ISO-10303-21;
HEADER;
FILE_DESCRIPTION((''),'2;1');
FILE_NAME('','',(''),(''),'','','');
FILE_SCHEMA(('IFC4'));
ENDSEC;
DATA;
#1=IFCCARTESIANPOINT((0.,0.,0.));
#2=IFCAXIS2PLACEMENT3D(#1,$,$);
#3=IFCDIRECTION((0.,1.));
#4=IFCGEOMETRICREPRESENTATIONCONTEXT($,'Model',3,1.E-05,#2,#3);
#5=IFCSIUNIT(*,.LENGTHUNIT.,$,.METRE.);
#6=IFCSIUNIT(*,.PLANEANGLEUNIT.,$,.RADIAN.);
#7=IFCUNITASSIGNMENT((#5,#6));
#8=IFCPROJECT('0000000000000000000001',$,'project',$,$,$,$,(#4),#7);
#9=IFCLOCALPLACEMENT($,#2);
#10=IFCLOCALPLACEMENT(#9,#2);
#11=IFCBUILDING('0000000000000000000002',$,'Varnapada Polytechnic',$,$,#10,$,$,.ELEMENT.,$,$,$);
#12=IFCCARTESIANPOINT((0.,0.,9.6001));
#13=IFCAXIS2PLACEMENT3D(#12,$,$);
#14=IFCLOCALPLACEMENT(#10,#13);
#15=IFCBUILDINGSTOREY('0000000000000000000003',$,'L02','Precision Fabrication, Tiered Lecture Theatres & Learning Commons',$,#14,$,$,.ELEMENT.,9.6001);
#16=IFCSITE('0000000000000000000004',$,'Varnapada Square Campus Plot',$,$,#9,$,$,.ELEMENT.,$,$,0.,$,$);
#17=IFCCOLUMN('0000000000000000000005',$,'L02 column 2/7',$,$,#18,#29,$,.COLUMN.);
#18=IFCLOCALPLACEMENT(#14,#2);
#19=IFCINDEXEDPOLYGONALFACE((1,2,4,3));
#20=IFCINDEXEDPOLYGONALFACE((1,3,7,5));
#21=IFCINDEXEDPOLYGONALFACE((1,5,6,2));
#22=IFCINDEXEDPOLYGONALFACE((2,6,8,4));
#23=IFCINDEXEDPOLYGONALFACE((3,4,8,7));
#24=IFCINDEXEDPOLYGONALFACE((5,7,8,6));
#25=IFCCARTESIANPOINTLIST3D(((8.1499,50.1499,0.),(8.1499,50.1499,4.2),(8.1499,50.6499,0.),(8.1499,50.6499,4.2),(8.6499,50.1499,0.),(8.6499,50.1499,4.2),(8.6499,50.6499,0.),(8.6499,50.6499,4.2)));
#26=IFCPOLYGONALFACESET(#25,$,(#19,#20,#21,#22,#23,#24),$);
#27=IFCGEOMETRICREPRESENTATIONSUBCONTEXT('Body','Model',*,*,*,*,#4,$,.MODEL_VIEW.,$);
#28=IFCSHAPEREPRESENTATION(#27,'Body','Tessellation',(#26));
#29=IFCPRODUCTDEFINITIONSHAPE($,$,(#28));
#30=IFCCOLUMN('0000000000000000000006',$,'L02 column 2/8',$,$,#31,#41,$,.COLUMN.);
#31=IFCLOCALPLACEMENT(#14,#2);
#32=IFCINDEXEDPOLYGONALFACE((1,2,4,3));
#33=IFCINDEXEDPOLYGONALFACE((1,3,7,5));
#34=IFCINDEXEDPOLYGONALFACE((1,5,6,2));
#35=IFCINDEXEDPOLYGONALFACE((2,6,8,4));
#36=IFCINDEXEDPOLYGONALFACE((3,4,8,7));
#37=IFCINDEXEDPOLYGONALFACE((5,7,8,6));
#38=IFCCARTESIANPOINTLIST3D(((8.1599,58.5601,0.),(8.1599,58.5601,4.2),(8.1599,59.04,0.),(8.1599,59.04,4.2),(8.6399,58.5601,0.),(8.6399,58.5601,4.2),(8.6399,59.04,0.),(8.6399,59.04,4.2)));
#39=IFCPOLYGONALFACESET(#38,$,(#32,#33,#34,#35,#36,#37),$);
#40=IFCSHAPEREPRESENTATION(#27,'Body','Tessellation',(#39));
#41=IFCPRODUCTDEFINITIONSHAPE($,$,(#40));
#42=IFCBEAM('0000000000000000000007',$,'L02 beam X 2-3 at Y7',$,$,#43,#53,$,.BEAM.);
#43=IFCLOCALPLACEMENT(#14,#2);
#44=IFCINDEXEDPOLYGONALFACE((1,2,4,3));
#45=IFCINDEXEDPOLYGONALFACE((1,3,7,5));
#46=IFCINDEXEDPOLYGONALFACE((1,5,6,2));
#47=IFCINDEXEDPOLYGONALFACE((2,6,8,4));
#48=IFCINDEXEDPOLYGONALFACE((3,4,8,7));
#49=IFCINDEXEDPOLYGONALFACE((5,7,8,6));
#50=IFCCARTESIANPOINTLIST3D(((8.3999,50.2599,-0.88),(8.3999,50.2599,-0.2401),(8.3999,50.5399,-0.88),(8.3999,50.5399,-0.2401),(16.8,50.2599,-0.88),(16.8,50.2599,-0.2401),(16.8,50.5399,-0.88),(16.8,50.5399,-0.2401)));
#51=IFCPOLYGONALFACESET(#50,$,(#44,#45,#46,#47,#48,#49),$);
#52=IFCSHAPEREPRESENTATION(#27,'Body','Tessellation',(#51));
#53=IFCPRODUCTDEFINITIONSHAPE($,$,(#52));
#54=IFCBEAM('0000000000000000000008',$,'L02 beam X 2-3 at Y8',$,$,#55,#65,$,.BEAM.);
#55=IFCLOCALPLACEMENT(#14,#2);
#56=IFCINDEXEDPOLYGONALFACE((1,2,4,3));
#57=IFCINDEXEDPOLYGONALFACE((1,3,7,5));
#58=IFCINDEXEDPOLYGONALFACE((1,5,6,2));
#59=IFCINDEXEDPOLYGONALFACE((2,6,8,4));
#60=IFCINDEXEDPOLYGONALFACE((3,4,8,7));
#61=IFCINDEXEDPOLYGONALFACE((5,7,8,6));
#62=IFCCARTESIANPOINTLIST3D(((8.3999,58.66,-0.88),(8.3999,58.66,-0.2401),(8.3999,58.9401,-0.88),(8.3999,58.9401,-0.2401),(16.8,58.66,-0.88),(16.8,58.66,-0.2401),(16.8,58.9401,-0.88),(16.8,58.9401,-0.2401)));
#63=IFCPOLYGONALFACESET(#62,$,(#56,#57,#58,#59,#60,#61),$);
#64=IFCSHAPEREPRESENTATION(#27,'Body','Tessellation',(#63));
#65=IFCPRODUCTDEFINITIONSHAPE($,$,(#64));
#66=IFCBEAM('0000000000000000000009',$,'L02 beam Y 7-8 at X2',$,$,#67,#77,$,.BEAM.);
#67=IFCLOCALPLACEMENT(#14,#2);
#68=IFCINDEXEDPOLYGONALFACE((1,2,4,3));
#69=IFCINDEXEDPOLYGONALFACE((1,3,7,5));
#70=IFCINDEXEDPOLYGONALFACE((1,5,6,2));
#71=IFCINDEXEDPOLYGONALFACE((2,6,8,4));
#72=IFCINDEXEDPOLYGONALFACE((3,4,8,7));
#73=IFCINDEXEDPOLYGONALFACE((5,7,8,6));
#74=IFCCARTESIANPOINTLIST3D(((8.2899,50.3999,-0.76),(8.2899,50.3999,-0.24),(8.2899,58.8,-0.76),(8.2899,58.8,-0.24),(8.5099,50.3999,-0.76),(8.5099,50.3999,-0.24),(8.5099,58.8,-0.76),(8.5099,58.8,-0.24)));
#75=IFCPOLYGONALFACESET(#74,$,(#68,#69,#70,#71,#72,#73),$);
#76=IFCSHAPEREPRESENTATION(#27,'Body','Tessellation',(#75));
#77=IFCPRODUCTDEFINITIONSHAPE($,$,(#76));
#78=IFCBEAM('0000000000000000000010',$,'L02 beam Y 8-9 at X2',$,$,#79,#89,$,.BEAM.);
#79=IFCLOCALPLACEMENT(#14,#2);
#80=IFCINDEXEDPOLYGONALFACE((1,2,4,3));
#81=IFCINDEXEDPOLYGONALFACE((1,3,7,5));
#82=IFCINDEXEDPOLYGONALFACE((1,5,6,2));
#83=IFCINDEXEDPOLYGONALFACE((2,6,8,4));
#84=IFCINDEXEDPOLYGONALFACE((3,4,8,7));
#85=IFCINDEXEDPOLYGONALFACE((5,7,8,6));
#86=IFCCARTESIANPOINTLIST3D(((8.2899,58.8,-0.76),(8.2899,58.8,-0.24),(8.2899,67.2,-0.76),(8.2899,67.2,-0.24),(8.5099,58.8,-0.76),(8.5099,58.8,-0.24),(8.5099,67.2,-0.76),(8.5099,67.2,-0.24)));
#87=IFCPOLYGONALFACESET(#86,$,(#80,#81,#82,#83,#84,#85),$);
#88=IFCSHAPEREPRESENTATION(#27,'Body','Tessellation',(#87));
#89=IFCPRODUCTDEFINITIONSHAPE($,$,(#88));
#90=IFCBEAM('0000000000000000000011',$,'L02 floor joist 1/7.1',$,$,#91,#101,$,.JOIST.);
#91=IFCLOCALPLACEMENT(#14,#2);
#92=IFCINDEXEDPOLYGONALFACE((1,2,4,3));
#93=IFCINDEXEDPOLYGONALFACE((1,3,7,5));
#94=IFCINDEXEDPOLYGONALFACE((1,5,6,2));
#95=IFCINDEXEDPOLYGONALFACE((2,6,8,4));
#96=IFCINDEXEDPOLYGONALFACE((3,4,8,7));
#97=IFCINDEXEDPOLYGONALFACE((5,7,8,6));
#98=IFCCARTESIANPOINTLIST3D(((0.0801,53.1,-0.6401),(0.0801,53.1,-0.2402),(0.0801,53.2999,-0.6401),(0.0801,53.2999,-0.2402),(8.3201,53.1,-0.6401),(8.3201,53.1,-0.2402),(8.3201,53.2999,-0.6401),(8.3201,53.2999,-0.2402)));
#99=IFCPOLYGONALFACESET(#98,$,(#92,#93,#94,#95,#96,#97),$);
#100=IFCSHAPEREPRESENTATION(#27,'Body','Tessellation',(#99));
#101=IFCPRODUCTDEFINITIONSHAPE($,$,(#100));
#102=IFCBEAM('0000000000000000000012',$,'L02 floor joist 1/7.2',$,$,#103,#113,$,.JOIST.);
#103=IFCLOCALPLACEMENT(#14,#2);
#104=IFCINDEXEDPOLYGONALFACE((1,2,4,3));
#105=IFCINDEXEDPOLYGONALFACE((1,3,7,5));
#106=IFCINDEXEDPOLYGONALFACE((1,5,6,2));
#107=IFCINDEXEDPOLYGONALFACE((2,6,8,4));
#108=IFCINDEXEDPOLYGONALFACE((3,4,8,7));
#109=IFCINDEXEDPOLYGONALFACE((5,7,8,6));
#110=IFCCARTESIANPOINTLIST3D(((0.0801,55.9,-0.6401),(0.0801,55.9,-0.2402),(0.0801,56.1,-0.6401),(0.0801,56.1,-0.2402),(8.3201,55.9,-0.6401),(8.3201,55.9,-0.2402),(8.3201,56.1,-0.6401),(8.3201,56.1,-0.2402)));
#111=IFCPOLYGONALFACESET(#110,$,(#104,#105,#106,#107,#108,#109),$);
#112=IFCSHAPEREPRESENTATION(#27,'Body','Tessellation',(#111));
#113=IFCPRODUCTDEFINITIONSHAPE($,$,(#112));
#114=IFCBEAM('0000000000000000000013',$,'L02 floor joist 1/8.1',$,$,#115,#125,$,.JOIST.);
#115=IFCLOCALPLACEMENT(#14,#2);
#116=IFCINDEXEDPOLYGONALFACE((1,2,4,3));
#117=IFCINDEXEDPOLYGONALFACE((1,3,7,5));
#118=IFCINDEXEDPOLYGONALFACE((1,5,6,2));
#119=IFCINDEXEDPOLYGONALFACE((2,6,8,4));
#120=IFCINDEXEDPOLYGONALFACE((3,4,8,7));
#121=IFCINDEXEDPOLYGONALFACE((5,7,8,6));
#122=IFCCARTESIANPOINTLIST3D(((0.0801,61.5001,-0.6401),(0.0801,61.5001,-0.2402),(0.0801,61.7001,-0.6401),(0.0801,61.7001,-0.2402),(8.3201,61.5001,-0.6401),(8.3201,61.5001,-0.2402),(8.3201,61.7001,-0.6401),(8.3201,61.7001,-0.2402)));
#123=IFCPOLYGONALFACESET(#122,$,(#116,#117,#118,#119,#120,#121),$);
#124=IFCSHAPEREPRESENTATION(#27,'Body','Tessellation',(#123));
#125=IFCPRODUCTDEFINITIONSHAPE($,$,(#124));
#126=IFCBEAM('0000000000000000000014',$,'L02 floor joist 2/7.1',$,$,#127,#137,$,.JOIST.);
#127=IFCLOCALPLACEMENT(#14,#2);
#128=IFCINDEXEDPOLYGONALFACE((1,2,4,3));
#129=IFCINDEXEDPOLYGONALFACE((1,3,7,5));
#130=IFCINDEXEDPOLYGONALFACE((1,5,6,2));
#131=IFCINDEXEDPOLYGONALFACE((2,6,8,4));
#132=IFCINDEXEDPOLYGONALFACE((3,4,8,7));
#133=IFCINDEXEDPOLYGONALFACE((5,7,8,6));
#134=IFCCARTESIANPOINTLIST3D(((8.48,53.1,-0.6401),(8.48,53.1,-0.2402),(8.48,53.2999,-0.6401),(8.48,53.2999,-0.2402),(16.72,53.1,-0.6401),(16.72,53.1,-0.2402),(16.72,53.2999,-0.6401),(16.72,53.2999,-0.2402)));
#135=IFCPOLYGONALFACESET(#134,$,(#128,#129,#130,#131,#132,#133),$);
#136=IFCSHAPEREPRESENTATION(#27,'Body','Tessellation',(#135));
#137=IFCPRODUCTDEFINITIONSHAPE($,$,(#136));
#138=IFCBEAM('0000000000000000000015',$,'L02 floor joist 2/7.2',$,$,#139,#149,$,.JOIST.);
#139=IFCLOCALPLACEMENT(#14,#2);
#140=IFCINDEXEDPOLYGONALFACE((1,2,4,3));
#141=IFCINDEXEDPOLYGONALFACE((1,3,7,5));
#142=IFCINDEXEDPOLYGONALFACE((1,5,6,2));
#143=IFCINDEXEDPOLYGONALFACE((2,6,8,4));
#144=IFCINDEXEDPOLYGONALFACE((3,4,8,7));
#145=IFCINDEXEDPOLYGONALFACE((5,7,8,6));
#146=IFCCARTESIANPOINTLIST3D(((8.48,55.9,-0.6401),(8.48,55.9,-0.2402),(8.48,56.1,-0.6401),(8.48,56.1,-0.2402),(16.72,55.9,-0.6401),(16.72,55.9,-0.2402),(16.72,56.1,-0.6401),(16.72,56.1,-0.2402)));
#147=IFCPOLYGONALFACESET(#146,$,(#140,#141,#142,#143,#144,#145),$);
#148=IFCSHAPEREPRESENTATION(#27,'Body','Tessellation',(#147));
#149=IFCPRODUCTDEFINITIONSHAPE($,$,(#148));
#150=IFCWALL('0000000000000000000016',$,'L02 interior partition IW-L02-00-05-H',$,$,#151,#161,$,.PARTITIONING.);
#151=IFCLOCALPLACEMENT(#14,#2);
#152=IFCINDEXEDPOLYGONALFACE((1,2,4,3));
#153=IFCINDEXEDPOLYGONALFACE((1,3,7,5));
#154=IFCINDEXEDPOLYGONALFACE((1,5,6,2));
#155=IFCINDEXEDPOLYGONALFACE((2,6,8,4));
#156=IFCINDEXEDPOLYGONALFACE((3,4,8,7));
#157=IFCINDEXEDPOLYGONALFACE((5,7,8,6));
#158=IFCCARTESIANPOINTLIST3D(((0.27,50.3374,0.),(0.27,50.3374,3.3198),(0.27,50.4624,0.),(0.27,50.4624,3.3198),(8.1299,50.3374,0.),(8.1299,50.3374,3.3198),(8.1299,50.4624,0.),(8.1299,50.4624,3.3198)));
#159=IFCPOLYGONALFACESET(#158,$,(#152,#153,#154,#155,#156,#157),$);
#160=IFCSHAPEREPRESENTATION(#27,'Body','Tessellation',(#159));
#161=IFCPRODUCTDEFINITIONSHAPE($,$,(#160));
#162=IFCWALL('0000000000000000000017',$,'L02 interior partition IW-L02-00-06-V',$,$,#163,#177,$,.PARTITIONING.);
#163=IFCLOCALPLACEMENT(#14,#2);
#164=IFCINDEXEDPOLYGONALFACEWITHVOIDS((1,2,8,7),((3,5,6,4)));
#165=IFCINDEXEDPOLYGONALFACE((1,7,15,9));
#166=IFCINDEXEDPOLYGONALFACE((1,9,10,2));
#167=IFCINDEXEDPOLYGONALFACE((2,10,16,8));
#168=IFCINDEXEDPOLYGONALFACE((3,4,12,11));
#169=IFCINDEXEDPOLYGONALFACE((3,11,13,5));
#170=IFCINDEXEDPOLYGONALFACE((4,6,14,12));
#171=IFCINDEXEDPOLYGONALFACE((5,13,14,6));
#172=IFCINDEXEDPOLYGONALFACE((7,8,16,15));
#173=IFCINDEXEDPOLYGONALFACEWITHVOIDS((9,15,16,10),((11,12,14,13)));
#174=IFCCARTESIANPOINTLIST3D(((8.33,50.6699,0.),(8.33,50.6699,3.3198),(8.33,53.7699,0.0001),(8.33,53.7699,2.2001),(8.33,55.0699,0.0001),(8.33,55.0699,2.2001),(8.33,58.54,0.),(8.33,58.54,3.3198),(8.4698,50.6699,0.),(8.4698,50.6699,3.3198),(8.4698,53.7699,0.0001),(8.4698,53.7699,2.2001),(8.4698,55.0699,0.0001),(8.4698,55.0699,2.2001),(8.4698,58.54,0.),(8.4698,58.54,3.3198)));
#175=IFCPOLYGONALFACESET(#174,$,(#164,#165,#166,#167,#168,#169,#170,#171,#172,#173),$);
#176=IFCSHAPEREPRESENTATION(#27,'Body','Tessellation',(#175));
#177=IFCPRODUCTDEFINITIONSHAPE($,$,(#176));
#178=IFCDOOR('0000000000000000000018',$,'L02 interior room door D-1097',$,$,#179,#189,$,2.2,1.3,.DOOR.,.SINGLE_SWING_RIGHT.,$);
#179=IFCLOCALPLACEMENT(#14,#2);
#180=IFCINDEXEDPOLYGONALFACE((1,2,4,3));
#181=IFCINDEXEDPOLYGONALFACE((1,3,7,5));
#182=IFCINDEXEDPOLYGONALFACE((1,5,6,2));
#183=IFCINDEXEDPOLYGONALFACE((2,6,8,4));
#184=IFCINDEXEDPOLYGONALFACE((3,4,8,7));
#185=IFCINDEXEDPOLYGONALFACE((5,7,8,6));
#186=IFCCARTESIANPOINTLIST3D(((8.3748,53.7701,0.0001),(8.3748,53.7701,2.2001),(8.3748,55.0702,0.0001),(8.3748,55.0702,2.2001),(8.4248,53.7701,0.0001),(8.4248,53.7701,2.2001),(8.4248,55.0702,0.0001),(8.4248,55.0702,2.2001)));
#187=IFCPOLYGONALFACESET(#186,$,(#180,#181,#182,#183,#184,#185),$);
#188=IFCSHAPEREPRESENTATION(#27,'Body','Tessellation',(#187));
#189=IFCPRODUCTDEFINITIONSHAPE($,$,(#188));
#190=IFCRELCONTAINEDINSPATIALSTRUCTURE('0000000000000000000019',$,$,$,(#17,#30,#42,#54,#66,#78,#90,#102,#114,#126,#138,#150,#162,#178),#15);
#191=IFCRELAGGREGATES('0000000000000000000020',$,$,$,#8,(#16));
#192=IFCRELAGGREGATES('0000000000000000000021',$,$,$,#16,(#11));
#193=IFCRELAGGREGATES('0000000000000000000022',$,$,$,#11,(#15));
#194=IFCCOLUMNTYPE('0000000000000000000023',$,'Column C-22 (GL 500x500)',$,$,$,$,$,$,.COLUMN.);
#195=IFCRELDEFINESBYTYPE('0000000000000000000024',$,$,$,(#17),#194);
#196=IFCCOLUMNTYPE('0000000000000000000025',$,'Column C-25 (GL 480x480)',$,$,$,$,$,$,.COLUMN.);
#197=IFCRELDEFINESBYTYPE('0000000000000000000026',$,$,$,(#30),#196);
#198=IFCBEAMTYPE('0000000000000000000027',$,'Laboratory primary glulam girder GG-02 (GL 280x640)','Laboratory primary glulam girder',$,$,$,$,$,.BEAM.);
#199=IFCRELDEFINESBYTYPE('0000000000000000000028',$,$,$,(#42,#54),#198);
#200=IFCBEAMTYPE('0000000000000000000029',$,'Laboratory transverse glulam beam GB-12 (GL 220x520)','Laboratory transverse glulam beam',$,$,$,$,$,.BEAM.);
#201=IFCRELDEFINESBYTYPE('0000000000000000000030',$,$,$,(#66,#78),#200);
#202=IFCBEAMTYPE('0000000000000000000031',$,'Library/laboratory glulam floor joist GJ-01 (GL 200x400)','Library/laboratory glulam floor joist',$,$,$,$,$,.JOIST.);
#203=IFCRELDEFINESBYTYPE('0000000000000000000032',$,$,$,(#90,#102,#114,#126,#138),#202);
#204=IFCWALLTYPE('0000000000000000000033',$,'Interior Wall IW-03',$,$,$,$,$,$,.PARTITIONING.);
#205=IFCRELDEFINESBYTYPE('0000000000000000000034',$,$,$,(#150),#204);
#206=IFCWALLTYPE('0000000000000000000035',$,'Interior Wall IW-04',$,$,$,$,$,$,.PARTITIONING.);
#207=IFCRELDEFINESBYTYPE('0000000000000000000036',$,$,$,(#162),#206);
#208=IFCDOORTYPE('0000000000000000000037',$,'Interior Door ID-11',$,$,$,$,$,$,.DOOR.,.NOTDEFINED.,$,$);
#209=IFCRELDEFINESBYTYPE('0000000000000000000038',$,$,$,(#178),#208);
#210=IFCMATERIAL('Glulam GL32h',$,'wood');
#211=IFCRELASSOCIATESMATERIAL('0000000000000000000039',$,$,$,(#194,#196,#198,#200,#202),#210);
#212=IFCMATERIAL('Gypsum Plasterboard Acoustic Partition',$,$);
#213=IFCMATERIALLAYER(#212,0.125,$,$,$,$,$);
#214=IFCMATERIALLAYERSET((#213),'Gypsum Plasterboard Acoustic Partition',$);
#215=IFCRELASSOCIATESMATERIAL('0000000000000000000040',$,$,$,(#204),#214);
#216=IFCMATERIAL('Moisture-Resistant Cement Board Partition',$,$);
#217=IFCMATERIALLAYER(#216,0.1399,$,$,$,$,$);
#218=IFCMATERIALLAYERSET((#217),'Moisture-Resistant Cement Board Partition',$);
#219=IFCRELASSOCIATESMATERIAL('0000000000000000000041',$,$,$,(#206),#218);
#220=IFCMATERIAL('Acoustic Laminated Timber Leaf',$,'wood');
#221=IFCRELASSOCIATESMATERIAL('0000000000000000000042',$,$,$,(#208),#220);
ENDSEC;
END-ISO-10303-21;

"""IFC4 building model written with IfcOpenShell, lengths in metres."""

from ifc_helpers import new_model, si_unit, direction, frame, frame_2d, origin, origin_2d, place, context, subcontext, project, spatial, rectangle, extrude, material, layer, layer_set, material_profile, profile_set, type_object, element, fill, save


model = new_model("IFC4")

# Units and contexts
model_context = context("Model", 3, precision=1e-05, world=origin(), true_north=direction((0.0, 1.0)))
body_context = subcontext(model_context, "Body", "Model", "MODEL_VIEW")
ifc_project = project(units=[si_unit("LENGTHUNIT", "METRE"), si_unit("PLANEANGLEUNIT", "RADIAN")], contexts=[model_context])

# Site, building, storey
site_placement = place(None, origin())
site = spatial("IfcSite", under=ifc_project, at=site_placement, Name="Varnapada Square Campus Plot", CompositionType="ELEMENT", RefElevation=0.0)
building_placement = place(site_placement, origin())
building = spatial("IfcBuilding", under=site, at=building_placement, Name="Varnapada Polytechnic", CompositionType="ELEMENT")
storey_placement = place(building_placement, frame((0.0, 0.0, 9.6001)))
storey = spatial("IfcBuildingStorey", under=building, at=storey_placement, Name="L02", Description="Precision Fabrication, Tiered Lecture Theatres & Learning Commons", CompositionType="ELEMENT", Elevation=9.6001)

# Columns
ifc_material_1 = material(Name="Glulam GL32h", Category="wood")
ifc_material_profile_1 = material_profile(ifc_material_1, rectangle(XDim=0.5, YDim=0.5, at=origin_2d()), Name="GL 500x500")
ifc_profile_set_1 = profile_set([ifc_material_profile_1], Name="Glulam GL32h")
column_type_1 = type_object("IfcColumnType", Name="Column C-22 (GL 500x500)", PredefinedType="COLUMN", material=ifc_profile_set_1)
column_1_placement = place(storey_placement, frame((8.3999, 50.3999, 0.0), z_axis=(0.0, 0.0, 1.0), x_axis=(1.0, 0.0, 0.0)))
element("IfcColumn", 1, at=column_1_placement, inside=storey, type_object=column_type_1, Name="L02 column 2/7", PredefinedType="COLUMN", context=body_context, shape_type="SweptSolid", body=[
    extrude(rectangle(XDim=0.5, YDim=0.5, at=origin_2d()), origin(), (0.0, 0.0, 1.0), 4.2),
])
ifc_material_profile_2 = material_profile(ifc_material_1, rectangle(XDim=0.48, YDim=0.48, at=origin_2d()), Name="GL 480x480")
ifc_profile_set_2 = profile_set([ifc_material_profile_2], Name="Glulam GL32h")
column_type_2 = type_object("IfcColumnType", Name="Column C-25 (GL 480x480)", PredefinedType="COLUMN", material=ifc_profile_set_2)
column_2_placement = place(storey_placement, frame((8.3999, 58.8, 0.0), z_axis=(0.0, 0.0, 1.0), x_axis=(1.0, 0.0, 0.0)))
element("IfcColumn", 2, at=column_2_placement, inside=storey, type_object=column_type_2, Name="L02 column 2/8", PredefinedType="COLUMN", context=body_context, shape_type="SweptSolid", body=[
    extrude(rectangle(XDim=0.48, YDim=0.48, at=origin_2d()), origin(), (0.0, 0.0, 1.0), 4.2),
])

# Beams
ifc_material_profile_3 = material_profile(ifc_material_1, rectangle(XDim=0.28, YDim=0.6399, at=origin_2d()), Name="GL 280x640")
ifc_profile_set_3 = profile_set([ifc_material_profile_3], Name="Glulam GL32h")
beam_type_1 = type_object("IfcBeamType", Name="Laboratory primary glulam girder GG-02 (GL 280x640)", Description="Laboratory primary glulam girder", PredefinedType="BEAM", material=ifc_profile_set_3)
for number, where, z_axis, x_axis, name in (
    (3, (8.3999, 50.3999, -0.5601), (1.0, 0.0, 0.0), (0.0, 1.0, 0.0), "L02 beam X 2-3 at Y7"),
    (4, (8.3999, 58.8, -0.5601), (1.0, 0.0, 0.0), (0.0, 1.0, 0.0), "L02 beam X 2-3 at Y8"),
):
    element("IfcBeam", number, at=place(storey_placement, frame(where, z_axis=z_axis, x_axis=x_axis)), inside=storey, type_object=beam_type_1, Name=name, PredefinedType="BEAM", context=body_context, shape_type="SweptSolid", body=[
        extrude(rectangle(XDim=0.28, YDim=0.6399, at=origin_2d()), origin(), (0.0, 0.0, 1.0), 8.4001),
    ])
ifc_material_profile_4 = material_profile(ifc_material_1, rectangle(XDim=0.22, YDim=0.52, at=origin_2d()), Name="GL 220x520")
ifc_profile_set_4 = profile_set([ifc_material_profile_4], Name="Glulam GL32h")
beam_type_2 = type_object("IfcBeamType", Name="Laboratory transverse glulam beam GB-12 (GL 220x520)", Description="Laboratory transverse glulam beam", PredefinedType="BEAM", material=ifc_profile_set_4)
beam_1_placement = place(storey_placement, frame((8.3999, 50.3999, -0.5), z_axis=(0.0, 1.0, 0.0), x_axis=(-1.0, 0.0, 0.0)))
element("IfcBeam", 5, at=beam_1_placement, inside=storey, type_object=beam_type_2, Name="L02 beam Y 7-8 at X2", PredefinedType="BEAM", context=body_context, shape_type="SweptSolid", body=[
    extrude(rectangle(XDim=0.22, YDim=0.52, at=origin_2d()), origin(), (0.0, 0.0, 1.0), 8.4001),
])
beam_2_placement = place(storey_placement, frame((8.3999, 58.8, -0.5), z_axis=(0.0, 1.0, 0.0), x_axis=(-1.0, 0.0, 0.0)))
element("IfcBeam", 6, at=beam_2_placement, inside=storey, type_object=beam_type_2, Name="L02 beam Y 8-9 at X2", PredefinedType="BEAM", context=body_context, shape_type="SweptSolid", body=[
    extrude(rectangle(XDim=0.22, YDim=0.52, at=origin_2d()), origin(), (0.0, 0.0, 1.0), 8.3999),
])
ifc_material_profile_5 = material_profile(ifc_material_1, rectangle(XDim=0.2, YDim=0.3999, at=origin_2d()), Name="GL 200x400")
ifc_profile_set_5 = profile_set([ifc_material_profile_5], Name="Glulam GL32h")
beam_type_3 = type_object("IfcBeamType", Name="Library/laboratory glulam floor joist GJ-01 (GL 200x400)", Description="Library/laboratory glulam floor joist", PredefinedType="JOIST", material=ifc_profile_set_5)
for number, where, z_axis, x_axis, name in (
    (7, (0.0801, 53.2, -0.4402), (1.0, 0.0, 0.0), (0.0, 1.0, 0.0), "L02 floor joist 1/7.1"),
    (8, (0.0801, 56.0, -0.4402), (1.0, 0.0, 0.0), (0.0, 1.0, 0.0), "L02 floor joist 1/7.2"),
    (9, (0.0801, 61.6001, -0.4402), (1.0, 0.0, 0.0), (0.0, 1.0, 0.0), "L02 floor joist 1/8.1"),
    (10, (8.48, 53.2, -0.4402), (1.0, 0.0, 0.0), (0.0, 1.0, 0.0), "L02 floor joist 2/7.1"),
    (11, (8.48, 56.0, -0.4402), (1.0, 0.0, 0.0), (0.0, 1.0, 0.0), "L02 floor joist 2/7.2"),
):
    element("IfcBeam", number, at=place(storey_placement, frame(where, z_axis=z_axis, x_axis=x_axis)), inside=storey, type_object=beam_type_3, Name=name, PredefinedType="JOIST", context=body_context, shape_type="SweptSolid", body=[
        extrude(rectangle(XDim=0.2, YDim=0.3999, at=origin_2d()), origin(), (0.0, 0.0, 1.0), 8.24),
    ])

# Wall
ifc_material_2 = material(Name="Gypsum Plasterboard Acoustic Partition")
ifc_layer_1 = layer(ifc_material_2, 0.125)
ifc_layer_set_1 = layer_set([ifc_layer_1], Name="Gypsum Plasterboard Acoustic Partition")
wall_type_1 = type_object("IfcWallType", Name="Interior Wall IW-03", PredefinedType="PARTITIONING", material=ifc_layer_set_1)
wall_1_placement = place(storey_placement, frame((0.27, 50.3999, 0.0), z_axis=(0.0, 0.0, 1.0), x_axis=(1.0, 0.0, 0.0)))
element("IfcWall", 12, at=wall_1_placement, inside=storey, type_object=wall_type_1, Name="L02 interior partition IW-L02-00-05-H", PredefinedType="PARTITIONING", context=body_context, shape_type="SweptSolid", body=[
    extrude(rectangle(XDim=7.8599, YDim=0.125, at=frame_2d((3.9299, 0.0))), origin(), (0.0, 0.0, 1.0), 3.3198),
])

# Wall, opening, door
ifc_material_3 = material(Name="Moisture-Resistant Cement Board Partition")
ifc_layer_2 = layer(ifc_material_3, 0.1399)
ifc_layer_set_2 = layer_set([ifc_layer_2], Name="Moisture-Resistant Cement Board Partition")
wall_type_2 = type_object("IfcWallType", Name="Interior Wall IW-04", PredefinedType="PARTITIONING", material=ifc_layer_set_2)
wall_2_placement = place(storey_placement, frame((8.3999, 50.6699, 0.0), z_axis=(0.0, 0.0, 1.0), x_axis=(0.0, 1.0, 0.0)))
wall_2 = element("IfcWall", 13, at=wall_2_placement, inside=storey, type_object=wall_type_2, Name="L02 interior partition IW-L02-00-06-V", PredefinedType="PARTITIONING", context=body_context, shape_type="SweptSolid", body=[
    extrude(rectangle(XDim=7.8701, YDim=0.1399, at=frame_2d((3.9351, 0.0))), origin(), (0.0, 0.0, 1.0), 3.3198),
])
opening_1_placement = place(wall_2_placement, frame((3.1001, 0.0, 0.0)))
opening_1 = element("IfcOpeningElement", 14, at=opening_1_placement, cuts=wall_2, PredefinedType="OPENING", context=body_context, shape_type="SweptSolid", body=[
    extrude(rectangle(XDim=1.3, YDim=2.2, at=frame_2d((0.6499, 1.1001))), frame((0.0, 0.0798, 0.0), z_axis=(0.0, -1.0, 0.0), x_axis=(1.0, 0.0, 0.0)), (0.0, 0.0, 1.0), 0.1599),
])
ifc_material_4 = material(Name="Acoustic Laminated Timber Leaf", Category="wood")
door_type_1 = type_object("IfcDoorType", Name="Interior Door ID-11", OperationType="NOTDEFINED", PredefinedType="DOOR", material=ifc_material_4)
door_1_placement = place(opening_1_placement, frame((1.3, 0.0, 0.0), z_axis=(0.0, 0.0, 1.0), x_axis=(-1.0, 0.0, 0.0)))
door_1 = element("IfcDoor", 15, at=door_1_placement, inside=storey, type_object=door_type_1, Name="L02 interior room door D-1097", OperationType="SINGLE_SWING_RIGHT", OverallHeight=2.2, OverallWidth=1.3, PredefinedType="DOOR", context=body_context, shape_type="SweptSolid", body=[
    extrude(rectangle(XDim=1.3, YDim=2.2, at=frame_2d((0.6499, 1.1001))), frame((0.0, 0.0249, 0.0), z_axis=(0.0, -1.0, 0.0), x_axis=(1.0, 0.0, 0.0)), (0.0, 0.0, 1.0), 0.05),
])
fill(opening_1, door_1)

save(model, "model.ifc")
